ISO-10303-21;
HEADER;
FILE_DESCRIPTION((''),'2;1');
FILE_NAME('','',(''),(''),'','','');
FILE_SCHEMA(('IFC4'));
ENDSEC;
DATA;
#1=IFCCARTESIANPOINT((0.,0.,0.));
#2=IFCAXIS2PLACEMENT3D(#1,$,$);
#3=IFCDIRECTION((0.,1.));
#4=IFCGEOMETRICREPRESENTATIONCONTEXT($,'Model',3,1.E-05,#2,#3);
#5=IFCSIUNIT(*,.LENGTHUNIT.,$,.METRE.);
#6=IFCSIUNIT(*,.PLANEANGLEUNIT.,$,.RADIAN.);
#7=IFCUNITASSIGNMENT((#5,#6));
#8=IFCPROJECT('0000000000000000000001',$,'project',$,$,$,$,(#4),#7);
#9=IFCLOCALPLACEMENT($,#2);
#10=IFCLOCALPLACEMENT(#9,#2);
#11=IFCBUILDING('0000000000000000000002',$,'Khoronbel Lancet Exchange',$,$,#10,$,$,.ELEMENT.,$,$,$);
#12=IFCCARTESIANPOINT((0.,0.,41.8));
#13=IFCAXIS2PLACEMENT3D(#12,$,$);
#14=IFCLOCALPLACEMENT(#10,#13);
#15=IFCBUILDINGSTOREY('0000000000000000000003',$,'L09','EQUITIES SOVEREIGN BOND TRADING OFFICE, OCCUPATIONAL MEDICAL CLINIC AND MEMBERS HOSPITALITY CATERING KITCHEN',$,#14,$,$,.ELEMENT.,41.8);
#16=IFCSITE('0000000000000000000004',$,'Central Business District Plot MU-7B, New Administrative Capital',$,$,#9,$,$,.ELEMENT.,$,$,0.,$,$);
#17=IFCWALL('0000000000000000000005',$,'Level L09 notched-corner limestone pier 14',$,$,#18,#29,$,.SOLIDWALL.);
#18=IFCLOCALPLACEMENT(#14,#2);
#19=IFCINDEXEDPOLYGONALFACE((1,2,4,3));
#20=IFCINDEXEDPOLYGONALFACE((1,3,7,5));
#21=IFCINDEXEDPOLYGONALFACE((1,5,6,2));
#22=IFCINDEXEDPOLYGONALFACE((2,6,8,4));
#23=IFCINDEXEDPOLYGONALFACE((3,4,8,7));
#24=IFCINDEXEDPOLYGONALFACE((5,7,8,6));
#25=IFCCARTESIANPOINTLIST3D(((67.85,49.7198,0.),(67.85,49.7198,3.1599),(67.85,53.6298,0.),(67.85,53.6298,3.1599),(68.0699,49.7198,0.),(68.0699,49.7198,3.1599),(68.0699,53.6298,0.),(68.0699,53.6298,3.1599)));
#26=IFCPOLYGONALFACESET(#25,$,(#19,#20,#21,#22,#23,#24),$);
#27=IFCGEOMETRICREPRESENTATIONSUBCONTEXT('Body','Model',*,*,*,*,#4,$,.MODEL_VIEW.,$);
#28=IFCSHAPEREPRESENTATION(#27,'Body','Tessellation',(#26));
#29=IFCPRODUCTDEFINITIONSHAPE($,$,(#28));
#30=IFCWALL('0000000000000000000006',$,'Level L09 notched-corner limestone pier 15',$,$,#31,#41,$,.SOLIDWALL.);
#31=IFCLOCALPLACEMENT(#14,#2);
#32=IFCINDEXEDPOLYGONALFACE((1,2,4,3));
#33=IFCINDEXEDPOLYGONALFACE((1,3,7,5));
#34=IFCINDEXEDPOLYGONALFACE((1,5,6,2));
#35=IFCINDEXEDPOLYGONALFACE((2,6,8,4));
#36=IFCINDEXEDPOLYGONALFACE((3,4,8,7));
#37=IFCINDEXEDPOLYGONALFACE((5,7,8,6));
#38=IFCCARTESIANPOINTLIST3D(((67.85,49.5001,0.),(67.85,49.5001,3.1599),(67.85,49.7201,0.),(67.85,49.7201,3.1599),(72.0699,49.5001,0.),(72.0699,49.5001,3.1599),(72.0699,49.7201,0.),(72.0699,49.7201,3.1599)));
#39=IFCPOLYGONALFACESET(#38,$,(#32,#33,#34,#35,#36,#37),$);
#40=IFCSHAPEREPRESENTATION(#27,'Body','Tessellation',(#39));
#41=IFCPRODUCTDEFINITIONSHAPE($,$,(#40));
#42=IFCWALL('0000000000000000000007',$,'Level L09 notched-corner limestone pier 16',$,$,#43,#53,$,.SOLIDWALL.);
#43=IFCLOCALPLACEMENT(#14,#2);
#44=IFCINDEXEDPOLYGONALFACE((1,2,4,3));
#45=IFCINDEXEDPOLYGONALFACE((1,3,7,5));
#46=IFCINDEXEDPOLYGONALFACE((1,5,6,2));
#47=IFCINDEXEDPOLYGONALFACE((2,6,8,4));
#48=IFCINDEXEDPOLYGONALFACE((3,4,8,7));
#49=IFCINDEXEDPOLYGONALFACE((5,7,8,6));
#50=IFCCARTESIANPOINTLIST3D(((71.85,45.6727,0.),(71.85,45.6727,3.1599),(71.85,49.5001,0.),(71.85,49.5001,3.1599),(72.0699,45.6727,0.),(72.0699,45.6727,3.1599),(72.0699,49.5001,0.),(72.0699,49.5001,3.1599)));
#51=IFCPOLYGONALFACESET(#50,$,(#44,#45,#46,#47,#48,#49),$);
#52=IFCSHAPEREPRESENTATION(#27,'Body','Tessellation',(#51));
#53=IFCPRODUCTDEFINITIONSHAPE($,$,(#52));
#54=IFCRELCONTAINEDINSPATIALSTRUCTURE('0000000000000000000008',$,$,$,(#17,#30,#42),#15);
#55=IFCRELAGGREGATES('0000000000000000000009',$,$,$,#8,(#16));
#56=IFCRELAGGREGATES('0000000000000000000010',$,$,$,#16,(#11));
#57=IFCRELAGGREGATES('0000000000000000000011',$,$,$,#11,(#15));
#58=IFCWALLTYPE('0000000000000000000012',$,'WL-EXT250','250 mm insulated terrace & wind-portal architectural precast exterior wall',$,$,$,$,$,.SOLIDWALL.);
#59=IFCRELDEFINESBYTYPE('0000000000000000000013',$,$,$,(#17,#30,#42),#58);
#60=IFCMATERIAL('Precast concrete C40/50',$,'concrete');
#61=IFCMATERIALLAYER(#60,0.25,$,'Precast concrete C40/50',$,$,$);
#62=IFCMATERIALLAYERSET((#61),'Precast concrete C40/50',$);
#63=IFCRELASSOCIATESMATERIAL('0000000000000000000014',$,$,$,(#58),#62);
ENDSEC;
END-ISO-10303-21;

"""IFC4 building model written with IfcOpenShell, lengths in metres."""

from ifc_helpers import new_model, si_unit, direction, frame, frame_2d, origin, place, context, subcontext, project, spatial, rectangle, extrude, material, layer, layer_set, type_object, element, save


model = new_model("IFC4")

# Units and contexts
model_context = context("Model", 3, precision=1e-05, world=origin(), true_north=direction((0.0, 1.0)))
body_context = subcontext(model_context, "Body", "Model", "MODEL_VIEW")
ifc_project = project(units=[si_unit("LENGTHUNIT", "METRE"), si_unit("PLANEANGLEUNIT", "RADIAN")], contexts=[model_context])

# Site, building, storey
site_placement = place(None, origin())
site = spatial("IfcSite", under=ifc_project, at=site_placement, Name="Central Business District Plot MU-7B, New Administrative Capital", CompositionType="ELEMENT", RefElevation=0.0)
building_placement = place(site_placement, origin())
building = spatial("IfcBuilding", under=site, at=building_placement, Name="Khoronbel Lancet Exchange", CompositionType="ELEMENT")
storey_placement = place(building_placement, frame((0.0, 0.0, 41.8)))
storey = spatial("IfcBuildingStorey", under=building, at=storey_placement, Name="L09", Description="EQUITIES SOVEREIGN BOND TRADING OFFICE, OCCUPATIONAL MEDICAL CLINIC AND MEMBERS HOSPITALITY CATERING KITCHEN", CompositionType="ELEMENT", Elevation=41.8)

# Walls
ifc_material_1 = material(Name="Precast concrete C40/50", Category="concrete")
ifc_layer_1 = layer(ifc_material_1, 0.25, Name="Precast concrete C40/50")
ifc_layer_set_1 = layer_set([ifc_layer_1], Name="Precast concrete C40/50")
wall_type = type_object("IfcWallType", Name="WL-EXT250", Description="250 mm insulated terrace & wind-portal architectural precast exterior wall", PredefinedType="SOLIDWALL", material=ifc_layer_set_1)
wall_1_placement = place(storey_placement, frame((67.96, 53.6299, 0.0), z_axis=(0.0, 0.0, 1.0), x_axis=(0.0, -1.0, 0.0)))
element("IfcWall", 1, at=wall_1_placement, inside=storey, type_object=wall_type, Name="Level L09 notched-corner limestone pier 14", PredefinedType="SOLIDWALL", context=body_context, shape_type="SweptSolid", body=[
    extrude(rectangle(XDim=3.9099, YDim=0.22, at=frame_2d((1.9551, 0.0))), origin(), (0.0, 0.0, 1.0), 3.1599),
])
wall_2_placement = place(storey_placement, frame((67.8501, 49.6101, 0.0), z_axis=(0.0, 0.0, 1.0), x_axis=(1.0, 0.0, 0.0)))
element("IfcWall", 2, at=wall_2_placement, inside=storey, type_object=wall_type, Name="Level L09 notched-corner limestone pier 15", PredefinedType="SOLIDWALL", context=body_context, shape_type="SweptSolid", body=[
    extrude(rectangle(XDim=4.22, YDim=0.22, at=frame_2d((2.1099, 0.0))), origin(), (0.0, 0.0, 1.0), 3.1599),
])
wall_3_placement = place(storey_placement, frame((71.96, 49.5, 0.0), z_axis=(0.0, 0.0, 1.0), x_axis=(0.0, -1.0, 0.0)))
element("IfcWall", 3, at=wall_3_placement, inside=storey, type_object=wall_type, Name="Level L09 notched-corner limestone pier 16", PredefinedType="SOLIDWALL", context=body_context, shape_type="SweptSolid", body=[
    extrude(rectangle(XDim=3.8274, YDim=0.22, at=frame_2d((1.9136, 0.0))), origin(), (0.0, 0.0, 1.0), 3.1599),
])

save(model, "model.ifc")
